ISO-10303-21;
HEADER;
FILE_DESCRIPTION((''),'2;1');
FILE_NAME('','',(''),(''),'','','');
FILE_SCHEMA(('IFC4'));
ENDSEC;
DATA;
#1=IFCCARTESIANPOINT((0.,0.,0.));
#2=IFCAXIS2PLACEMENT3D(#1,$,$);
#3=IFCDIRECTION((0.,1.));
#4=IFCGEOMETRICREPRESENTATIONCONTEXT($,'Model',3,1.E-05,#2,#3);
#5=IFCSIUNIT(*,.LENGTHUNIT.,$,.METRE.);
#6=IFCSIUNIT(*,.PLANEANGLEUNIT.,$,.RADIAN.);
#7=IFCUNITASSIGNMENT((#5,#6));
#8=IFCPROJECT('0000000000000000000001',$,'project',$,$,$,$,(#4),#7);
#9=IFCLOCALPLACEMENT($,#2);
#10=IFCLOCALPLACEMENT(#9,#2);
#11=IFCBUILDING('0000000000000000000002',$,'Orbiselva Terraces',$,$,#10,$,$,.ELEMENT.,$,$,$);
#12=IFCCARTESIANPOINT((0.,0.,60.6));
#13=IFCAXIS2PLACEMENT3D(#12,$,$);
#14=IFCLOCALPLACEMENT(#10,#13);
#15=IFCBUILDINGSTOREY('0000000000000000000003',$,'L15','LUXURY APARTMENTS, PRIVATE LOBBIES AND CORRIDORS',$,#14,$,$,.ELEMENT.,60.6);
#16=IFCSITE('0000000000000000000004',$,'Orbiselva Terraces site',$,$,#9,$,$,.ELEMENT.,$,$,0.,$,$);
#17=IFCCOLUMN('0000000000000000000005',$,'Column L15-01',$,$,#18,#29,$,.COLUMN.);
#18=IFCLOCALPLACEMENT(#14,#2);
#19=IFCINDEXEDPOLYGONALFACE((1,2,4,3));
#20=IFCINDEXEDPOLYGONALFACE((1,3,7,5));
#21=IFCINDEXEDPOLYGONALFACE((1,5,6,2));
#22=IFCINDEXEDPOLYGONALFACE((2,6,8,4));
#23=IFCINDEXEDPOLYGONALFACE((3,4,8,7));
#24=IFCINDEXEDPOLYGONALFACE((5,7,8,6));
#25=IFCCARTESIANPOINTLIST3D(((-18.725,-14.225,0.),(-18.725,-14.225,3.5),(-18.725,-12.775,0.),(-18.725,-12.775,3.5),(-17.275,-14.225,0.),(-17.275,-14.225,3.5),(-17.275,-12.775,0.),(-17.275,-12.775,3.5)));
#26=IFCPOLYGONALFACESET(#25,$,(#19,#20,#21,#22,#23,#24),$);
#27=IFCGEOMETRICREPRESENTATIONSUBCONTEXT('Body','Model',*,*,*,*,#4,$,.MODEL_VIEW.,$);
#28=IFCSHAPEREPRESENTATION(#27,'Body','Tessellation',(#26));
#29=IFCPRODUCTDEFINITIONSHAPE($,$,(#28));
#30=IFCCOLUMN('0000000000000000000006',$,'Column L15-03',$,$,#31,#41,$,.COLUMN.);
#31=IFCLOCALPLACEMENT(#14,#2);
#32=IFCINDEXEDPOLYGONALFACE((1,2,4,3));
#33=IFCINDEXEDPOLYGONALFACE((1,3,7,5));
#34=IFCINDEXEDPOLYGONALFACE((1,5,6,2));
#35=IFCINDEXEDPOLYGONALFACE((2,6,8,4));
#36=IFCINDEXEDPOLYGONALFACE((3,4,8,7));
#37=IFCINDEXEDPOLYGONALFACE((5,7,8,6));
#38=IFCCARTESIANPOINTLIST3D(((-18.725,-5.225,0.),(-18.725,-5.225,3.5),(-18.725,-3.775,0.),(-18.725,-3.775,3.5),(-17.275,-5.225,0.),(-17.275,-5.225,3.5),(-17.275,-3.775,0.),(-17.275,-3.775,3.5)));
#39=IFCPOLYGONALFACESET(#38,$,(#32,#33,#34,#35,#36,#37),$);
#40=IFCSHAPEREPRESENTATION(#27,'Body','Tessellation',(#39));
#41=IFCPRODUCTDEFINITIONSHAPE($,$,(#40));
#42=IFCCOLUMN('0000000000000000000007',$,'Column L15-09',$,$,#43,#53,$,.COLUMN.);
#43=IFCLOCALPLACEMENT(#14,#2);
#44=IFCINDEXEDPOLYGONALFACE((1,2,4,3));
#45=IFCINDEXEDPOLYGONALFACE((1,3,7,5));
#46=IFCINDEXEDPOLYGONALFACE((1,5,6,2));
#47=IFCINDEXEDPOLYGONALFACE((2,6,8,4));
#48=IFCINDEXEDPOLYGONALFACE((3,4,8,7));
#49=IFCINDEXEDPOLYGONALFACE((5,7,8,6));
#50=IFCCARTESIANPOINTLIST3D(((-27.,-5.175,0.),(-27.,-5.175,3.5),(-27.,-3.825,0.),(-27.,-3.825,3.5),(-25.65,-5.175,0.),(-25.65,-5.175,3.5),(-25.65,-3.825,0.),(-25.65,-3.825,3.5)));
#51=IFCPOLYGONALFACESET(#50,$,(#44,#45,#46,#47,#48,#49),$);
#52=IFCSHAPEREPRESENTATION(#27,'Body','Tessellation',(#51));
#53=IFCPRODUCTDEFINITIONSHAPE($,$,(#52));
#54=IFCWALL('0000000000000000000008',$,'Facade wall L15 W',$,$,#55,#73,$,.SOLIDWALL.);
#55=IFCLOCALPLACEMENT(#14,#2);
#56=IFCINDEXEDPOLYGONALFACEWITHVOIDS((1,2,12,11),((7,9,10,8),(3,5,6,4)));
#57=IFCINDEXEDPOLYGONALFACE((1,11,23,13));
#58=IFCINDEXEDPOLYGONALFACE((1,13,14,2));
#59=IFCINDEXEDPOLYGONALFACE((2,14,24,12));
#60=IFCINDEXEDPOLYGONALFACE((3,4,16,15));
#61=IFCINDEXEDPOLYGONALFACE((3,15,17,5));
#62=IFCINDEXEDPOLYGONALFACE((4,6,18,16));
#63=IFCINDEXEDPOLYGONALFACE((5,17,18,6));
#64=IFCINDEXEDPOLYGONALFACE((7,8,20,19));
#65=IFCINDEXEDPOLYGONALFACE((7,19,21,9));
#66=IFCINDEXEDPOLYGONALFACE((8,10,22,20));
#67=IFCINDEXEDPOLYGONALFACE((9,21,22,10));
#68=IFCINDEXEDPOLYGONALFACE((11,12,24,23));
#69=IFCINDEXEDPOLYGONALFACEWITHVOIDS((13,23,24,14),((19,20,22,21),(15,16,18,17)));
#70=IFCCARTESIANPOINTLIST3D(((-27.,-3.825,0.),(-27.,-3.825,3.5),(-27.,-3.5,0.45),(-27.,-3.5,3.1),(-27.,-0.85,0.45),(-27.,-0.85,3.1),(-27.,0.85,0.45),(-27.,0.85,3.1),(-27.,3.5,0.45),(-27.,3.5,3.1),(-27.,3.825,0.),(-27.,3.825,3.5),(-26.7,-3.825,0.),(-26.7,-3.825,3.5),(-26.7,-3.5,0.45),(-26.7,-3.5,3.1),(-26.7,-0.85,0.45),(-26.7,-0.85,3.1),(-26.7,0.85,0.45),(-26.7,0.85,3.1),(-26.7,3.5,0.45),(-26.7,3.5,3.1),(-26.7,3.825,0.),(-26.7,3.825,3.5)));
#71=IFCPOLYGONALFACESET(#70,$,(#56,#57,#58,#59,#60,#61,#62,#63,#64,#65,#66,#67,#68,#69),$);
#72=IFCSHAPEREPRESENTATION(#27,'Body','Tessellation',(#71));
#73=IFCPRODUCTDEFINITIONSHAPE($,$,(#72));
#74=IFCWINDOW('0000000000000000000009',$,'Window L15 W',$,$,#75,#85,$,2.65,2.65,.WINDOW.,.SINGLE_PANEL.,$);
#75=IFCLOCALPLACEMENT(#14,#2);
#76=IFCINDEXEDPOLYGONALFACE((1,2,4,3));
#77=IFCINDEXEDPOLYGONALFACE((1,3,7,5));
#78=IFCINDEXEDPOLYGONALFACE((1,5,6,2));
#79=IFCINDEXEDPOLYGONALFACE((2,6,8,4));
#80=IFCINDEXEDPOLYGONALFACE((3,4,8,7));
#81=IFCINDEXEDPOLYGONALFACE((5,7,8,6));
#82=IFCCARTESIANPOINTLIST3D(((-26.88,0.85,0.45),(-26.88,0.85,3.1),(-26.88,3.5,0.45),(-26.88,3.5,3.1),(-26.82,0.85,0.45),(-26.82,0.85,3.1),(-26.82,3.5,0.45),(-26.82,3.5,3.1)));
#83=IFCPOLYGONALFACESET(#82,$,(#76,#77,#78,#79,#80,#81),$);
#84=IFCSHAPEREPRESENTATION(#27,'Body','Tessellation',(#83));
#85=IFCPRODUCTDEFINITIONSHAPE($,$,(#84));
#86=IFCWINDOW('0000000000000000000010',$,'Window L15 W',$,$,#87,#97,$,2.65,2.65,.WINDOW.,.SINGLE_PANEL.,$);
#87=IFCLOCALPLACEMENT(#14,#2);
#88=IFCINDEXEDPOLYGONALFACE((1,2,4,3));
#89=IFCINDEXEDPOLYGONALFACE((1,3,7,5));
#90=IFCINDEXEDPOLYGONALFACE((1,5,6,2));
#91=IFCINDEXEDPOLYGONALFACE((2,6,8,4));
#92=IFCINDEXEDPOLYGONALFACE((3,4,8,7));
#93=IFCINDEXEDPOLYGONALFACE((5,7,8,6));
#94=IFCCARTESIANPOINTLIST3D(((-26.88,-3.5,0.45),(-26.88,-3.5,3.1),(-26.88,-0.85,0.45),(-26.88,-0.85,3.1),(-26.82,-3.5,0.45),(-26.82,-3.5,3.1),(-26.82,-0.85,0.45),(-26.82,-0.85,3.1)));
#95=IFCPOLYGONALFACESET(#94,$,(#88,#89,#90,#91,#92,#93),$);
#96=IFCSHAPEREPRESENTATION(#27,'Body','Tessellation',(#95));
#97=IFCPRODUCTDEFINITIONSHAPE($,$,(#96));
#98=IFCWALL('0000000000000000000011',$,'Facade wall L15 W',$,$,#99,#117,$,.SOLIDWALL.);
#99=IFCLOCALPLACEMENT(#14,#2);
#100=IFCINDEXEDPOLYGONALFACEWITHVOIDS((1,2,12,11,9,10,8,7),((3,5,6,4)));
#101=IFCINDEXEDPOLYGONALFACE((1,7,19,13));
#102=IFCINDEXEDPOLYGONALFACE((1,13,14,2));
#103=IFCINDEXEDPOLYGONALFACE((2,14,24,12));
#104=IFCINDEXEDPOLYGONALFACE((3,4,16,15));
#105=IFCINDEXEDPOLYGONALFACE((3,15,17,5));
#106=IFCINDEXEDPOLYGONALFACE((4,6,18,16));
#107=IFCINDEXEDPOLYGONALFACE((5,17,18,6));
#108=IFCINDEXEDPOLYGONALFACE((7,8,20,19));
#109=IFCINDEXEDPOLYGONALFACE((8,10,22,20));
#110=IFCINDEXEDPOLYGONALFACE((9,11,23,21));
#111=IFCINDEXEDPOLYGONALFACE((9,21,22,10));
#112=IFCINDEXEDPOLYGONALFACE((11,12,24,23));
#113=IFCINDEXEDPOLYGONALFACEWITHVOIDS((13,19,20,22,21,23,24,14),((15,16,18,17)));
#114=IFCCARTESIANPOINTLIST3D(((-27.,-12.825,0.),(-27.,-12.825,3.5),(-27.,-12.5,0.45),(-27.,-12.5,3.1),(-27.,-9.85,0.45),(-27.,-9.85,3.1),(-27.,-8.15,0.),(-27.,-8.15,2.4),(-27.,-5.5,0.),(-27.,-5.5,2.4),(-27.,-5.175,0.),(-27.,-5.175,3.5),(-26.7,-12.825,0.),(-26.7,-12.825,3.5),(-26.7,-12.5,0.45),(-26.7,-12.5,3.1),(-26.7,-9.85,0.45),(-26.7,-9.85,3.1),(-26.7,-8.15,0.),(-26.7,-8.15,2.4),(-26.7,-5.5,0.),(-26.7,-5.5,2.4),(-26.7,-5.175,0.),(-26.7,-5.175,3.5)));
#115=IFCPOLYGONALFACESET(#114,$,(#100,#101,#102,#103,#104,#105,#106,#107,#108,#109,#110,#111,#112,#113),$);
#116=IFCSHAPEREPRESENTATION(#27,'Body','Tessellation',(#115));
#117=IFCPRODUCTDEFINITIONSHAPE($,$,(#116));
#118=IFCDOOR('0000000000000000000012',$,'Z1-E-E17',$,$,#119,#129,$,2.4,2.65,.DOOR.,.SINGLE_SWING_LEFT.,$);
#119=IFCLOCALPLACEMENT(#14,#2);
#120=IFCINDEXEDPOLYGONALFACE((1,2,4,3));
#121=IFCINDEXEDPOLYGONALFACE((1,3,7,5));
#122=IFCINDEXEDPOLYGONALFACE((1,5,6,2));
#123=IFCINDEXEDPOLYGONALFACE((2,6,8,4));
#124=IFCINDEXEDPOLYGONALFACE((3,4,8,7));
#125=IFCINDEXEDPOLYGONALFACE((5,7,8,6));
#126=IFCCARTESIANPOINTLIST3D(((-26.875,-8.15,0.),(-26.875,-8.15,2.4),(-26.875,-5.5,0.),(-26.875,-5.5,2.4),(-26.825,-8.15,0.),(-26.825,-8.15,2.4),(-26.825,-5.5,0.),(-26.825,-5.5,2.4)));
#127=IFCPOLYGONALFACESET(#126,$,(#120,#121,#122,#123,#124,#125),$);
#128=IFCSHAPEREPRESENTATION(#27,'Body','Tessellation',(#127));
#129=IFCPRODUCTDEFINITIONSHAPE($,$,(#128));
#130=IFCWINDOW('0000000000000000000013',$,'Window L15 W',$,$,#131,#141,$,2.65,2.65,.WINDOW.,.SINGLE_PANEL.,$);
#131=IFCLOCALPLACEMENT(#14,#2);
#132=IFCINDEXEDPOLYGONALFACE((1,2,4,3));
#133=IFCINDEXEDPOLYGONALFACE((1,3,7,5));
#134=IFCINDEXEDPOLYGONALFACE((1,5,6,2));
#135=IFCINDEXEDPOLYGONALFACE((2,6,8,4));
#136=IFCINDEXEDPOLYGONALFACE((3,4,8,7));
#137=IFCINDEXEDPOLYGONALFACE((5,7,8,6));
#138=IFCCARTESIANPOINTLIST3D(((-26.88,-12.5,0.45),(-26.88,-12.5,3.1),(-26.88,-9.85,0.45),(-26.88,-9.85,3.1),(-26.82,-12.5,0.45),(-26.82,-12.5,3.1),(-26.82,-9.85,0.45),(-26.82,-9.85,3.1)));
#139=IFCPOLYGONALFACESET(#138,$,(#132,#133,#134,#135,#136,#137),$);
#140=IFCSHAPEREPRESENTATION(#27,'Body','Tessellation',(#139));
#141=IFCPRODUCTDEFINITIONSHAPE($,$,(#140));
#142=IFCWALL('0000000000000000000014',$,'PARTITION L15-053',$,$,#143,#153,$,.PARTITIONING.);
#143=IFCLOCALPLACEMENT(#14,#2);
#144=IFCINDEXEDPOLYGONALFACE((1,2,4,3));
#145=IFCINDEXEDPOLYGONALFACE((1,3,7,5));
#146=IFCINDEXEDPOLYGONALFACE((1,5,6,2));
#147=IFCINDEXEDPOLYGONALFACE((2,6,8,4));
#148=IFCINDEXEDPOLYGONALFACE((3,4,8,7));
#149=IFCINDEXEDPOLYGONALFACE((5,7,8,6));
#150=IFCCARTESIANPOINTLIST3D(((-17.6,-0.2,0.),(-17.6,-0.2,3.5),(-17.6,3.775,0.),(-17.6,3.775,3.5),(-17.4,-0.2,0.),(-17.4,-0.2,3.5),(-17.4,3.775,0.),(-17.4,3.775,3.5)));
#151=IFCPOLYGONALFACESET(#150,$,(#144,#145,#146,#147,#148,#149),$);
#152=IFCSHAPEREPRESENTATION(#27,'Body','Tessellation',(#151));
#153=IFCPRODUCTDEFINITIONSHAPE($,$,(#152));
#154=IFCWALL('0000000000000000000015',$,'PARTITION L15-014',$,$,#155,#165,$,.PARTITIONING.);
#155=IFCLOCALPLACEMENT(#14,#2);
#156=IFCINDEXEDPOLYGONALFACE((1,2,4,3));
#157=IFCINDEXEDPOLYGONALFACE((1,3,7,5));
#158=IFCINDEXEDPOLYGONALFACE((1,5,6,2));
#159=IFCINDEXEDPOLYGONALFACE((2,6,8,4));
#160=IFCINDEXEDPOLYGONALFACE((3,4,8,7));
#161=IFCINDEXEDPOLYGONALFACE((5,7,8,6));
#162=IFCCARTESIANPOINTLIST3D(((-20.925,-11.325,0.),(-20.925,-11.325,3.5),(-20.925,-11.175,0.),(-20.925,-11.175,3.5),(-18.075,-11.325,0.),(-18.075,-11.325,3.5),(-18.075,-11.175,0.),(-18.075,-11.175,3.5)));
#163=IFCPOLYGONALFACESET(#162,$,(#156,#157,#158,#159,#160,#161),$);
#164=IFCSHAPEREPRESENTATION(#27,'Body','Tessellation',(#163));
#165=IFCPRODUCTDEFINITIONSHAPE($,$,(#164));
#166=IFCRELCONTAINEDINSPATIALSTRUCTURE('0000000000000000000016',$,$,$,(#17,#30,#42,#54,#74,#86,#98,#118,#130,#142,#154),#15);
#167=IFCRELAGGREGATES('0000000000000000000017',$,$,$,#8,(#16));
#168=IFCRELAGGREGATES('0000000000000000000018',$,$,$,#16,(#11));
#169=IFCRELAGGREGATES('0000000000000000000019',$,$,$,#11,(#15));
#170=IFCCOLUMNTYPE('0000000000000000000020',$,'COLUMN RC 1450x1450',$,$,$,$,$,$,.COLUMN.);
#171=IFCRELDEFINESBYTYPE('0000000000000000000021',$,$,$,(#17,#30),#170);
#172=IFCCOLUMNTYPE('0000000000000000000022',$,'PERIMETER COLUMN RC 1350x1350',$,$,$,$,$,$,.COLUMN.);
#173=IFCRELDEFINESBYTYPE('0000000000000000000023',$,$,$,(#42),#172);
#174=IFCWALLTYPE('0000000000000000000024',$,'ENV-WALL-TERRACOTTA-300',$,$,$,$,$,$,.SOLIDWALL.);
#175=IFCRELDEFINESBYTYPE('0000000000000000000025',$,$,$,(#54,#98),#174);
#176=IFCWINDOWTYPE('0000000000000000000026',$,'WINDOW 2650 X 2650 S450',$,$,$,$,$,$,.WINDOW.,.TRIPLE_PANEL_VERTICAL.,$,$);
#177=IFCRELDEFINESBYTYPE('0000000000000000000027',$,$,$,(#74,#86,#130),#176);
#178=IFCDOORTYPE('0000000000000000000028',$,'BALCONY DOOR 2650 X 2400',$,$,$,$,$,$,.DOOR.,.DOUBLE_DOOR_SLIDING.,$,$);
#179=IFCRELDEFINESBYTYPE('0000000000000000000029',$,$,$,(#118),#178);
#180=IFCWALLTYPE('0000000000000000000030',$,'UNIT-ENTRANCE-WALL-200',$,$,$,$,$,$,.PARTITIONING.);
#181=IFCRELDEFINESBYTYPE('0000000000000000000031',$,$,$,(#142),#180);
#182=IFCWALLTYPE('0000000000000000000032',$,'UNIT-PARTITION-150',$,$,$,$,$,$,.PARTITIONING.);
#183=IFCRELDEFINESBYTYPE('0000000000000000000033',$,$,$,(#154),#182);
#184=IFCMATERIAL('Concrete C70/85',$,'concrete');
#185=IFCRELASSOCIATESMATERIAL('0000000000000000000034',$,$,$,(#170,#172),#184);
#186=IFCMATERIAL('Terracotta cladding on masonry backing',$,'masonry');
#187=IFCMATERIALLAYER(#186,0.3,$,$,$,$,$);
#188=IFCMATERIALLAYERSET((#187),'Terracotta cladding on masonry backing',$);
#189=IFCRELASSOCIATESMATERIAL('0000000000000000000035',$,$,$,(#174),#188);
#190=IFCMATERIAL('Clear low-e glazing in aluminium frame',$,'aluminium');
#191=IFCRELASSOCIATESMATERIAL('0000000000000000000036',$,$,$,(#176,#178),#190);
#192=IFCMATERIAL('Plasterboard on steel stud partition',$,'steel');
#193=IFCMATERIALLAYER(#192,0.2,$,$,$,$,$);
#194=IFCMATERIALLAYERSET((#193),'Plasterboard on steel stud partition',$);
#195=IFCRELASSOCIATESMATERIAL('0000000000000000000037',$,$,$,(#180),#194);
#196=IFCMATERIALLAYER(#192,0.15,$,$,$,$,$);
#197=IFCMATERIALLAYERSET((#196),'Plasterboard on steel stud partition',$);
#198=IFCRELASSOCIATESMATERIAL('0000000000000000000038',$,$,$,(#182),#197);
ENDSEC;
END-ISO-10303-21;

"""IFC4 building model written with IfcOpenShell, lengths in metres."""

from ifc_helpers import new_model, si_unit, direction, frame, frame_2d, origin, origin_2d, place, context, subcontext, project, spatial, rectangle, extrude, material, layer, layer_set, material_profile, profile_set, type_object, element, fill, save


model = new_model("IFC4")

# Units and contexts
model_context = context("Model", 3, precision=1e-05, world=origin(), true_north=direction((0.0, 1.0)))
body_context = subcontext(model_context, "Body", "Model", "MODEL_VIEW")
ifc_project = project(units=[si_unit("LENGTHUNIT", "METRE"), si_unit("PLANEANGLEUNIT", "RADIAN")], contexts=[model_context])

# Site, building, storey
site_placement = place(None, origin())
site = spatial("IfcSite", under=ifc_project, at=site_placement, Name="Orbiselva Terraces site", CompositionType="ELEMENT", RefElevation=0.0)
building_placement = place(site_placement, origin())
building = spatial("IfcBuilding", under=site, at=building_placement, Name="Orbiselva Terraces", CompositionType="ELEMENT")
storey_placement = place(building_placement, frame((0.0, 0.0, 60.6)))
storey = spatial("IfcBuildingStorey", under=building, at=storey_placement, Name="L15", Description="LUXURY APARTMENTS, PRIVATE LOBBIES AND CORRIDORS", CompositionType="ELEMENT", Elevation=60.6)

# Columns
ifc_material_1 = material(Name="Concrete C70/85", Category="concrete")
ifc_material_profile_1 = material_profile(ifc_material_1, rectangle(XDim=1.45, YDim=1.45, at=origin_2d()), Name="RC 1450x1450")
ifc_profile_set_1 = profile_set([ifc_material_profile_1], Name="Concrete C70/85")
column_type_1 = type_object("IfcColumnType", Name="COLUMN RC 1450x1450", PredefinedType="COLUMN", material=ifc_profile_set_1)
for number, where, z_axis, x_axis, name in (
    (1, (-18.0, -13.5, 0.0), (0.0, 0.0, 1.0), (1.0, 0.0, 0.0), "Column L15-01"),
    (2, (-18.0, -4.5, 0.0), (0.0, 0.0, 1.0), (1.0, 0.0, 0.0), "Column L15-03"),
):
    element("IfcColumn", number, at=place(storey_placement, frame(where, z_axis=z_axis, x_axis=x_axis)), inside=storey, type_object=column_type_1, Name=name, PredefinedType="COLUMN", context=body_context, shape_type="SweptSolid", body=[
        extrude(rectangle(XDim=1.45, YDim=1.45, at=origin_2d()), origin(), (0.0, 0.0, 1.0), 3.5),
    ])
ifc_material_profile_2 = material_profile(ifc_material_1, rectangle(XDim=1.35, YDim=1.35, at=origin_2d()), Name="RC 1350x1350")
ifc_profile_set_2 = profile_set([ifc_material_profile_2], Name="Concrete C70/85")
column_type_2 = type_object("IfcColumnType", Name="PERIMETER COLUMN RC 1350x1350", PredefinedType="COLUMN", material=ifc_profile_set_2)
column_placement = place(storey_placement, frame((-26.325, -4.5, 0.0), z_axis=(0.0, 0.0, 1.0), x_axis=(1.0, 0.0, 0.0)))
element("IfcColumn", 3, at=column_placement, inside=storey, type_object=column_type_2, Name="Column L15-09", PredefinedType="COLUMN", context=body_context, shape_type="SweptSolid", body=[
    extrude(rectangle(XDim=1.35, YDim=1.35, at=origin_2d()), origin(), (0.0, 0.0, 1.0), 3.5),
])

# Wall, openings, windows
ifc_material_2 = material(Name="Terracotta cladding on masonry backing", Category="masonry")
ifc_layer_1 = layer(ifc_material_2, 0.3)
ifc_layer_set_1 = layer_set([ifc_layer_1], Name="Terracotta cladding on masonry backing")
wall_type_1 = type_object("IfcWallType", Name="ENV-WALL-TERRACOTTA-300", PredefinedType="SOLIDWALL", material=ifc_layer_set_1)
wall_1_placement = place(storey_placement, frame((-26.85, -3.825, 0.0), z_axis=(0.0, 0.0, 1.0), x_axis=(0.0, 1.0, 0.0)))
wall_1 = element("IfcWall", 4, at=wall_1_placement, inside=storey, type_object=wall_type_1, Name="Facade wall L15 W", PredefinedType="SOLIDWALL", context=body_context, shape_type="SweptSolid", body=[
    extrude(rectangle(XDim=7.65, YDim=0.3, at=frame_2d((3.825, 0.0))), origin(), (0.0, 0.0, 1.0), 3.5),
])
opening_1_placement = place(wall_1_placement, frame((4.675, 0.0, 0.45)))
opening_1 = element("IfcOpeningElement", 5, at=opening_1_placement, cuts=wall_1, PredefinedType="OPENING", context=body_context, shape_type="SweptSolid", body=[
    extrude(rectangle(XDim=2.65, YDim=2.65, at=frame_2d((1.325, 1.325))), frame((0.0, 0.16, 0.0), z_axis=(0.0, -1.0, 0.0), x_axis=(1.0, 0.0, 0.0)), (0.0, 0.0, 1.0), 0.32),
])
opening_2_placement = place(wall_1_placement, frame((0.325, 0.0, 0.45)))
opening_2 = element("IfcOpeningElement", 6, at=opening_2_placement, cuts=wall_1, PredefinedType="OPENING", context=body_context, shape_type="SweptSolid", body=[
    extrude(rectangle(XDim=2.65, YDim=2.65, at=frame_2d((1.325, 1.325))), frame((0.0, 0.16, 0.0), z_axis=(0.0, -1.0, 0.0), x_axis=(1.0, 0.0, 0.0)), (0.0, 0.0, 1.0), 0.32),
])
ifc_material_3 = material(Name="Clear low-e glazing in aluminium frame", Category="aluminium")
window_type = type_object("IfcWindowType", Name="WINDOW 2650 X 2650 S450", PartitioningType="TRIPLE_PANEL_VERTICAL", PredefinedType="WINDOW", material=ifc_material_3)
window_1_placement = place(opening_1_placement, origin())
window_1 = element("IfcWindow", 7, at=window_1_placement, inside=storey, type_object=window_type, Name="Window L15 W", OverallHeight=2.65, OverallWidth=2.65, PartitioningType="SINGLE_PANEL", PredefinedType="WINDOW", context=body_context, shape_type="SweptSolid", body=[
    extrude(rectangle(XDim=2.65, YDim=2.65, at=frame_2d((1.325, 1.325))), frame((0.0, 0.03, 0.0), z_axis=(0.0, -1.0, 0.0), x_axis=(1.0, 0.0, 0.0)), (0.0, 0.0, 1.0), 0.06),
])
fill(opening_1, window_1)
window_2_placement = place(opening_2_placement, origin())
window_2 = element("IfcWindow", 8, at=window_2_placement, inside=storey, type_object=window_type, Name="Window L15 W", OverallHeight=2.65, OverallWidth=2.65, PartitioningType="SINGLE_PANEL", PredefinedType="WINDOW", context=body_context, shape_type="SweptSolid", body=[
    extrude(rectangle(XDim=2.65, YDim=2.65, at=frame_2d((1.325, 1.325))), frame((0.0, 0.03, 0.0), z_axis=(0.0, -1.0, 0.0), x_axis=(1.0, 0.0, 0.0)), (0.0, 0.0, 1.0), 0.06),
])
fill(opening_2, window_2)

# Wall, openings, door, window
wall_2_placement = place(storey_placement, frame((-26.85, -12.825, 0.0), z_axis=(0.0, 0.0, 1.0), x_axis=(0.0, 1.0, 0.0)))
wall_2 = element("IfcWall", 9, at=wall_2_placement, inside=storey, type_object=wall_type_1, Name="Facade wall L15 W", PredefinedType="SOLIDWALL", context=body_context, shape_type="SweptSolid", body=[
    extrude(rectangle(XDim=7.65, YDim=0.3, at=frame_2d((3.825, 0.0))), origin(), (0.0, 0.0, 1.0), 3.5),
])
opening_3_placement = place(wall_2_placement, frame((4.675, 0.0, 0.0)))
opening_3 = element("IfcOpeningElement", 10, at=opening_3_placement, cuts=wall_2, PredefinedType="OPENING", context=body_context, shape_type="SweptSolid", body=[
    extrude(rectangle(XDim=2.65, YDim=2.4, at=frame_2d((1.325, 1.2))), frame((0.0, 0.16, 0.0), z_axis=(0.0, -1.0, 0.0), x_axis=(1.0, 0.0, 0.0)), (0.0, 0.0, 1.0), 0.32),
])
opening_4_placement = place(wall_2_placement, frame((0.325, 0.0, 0.45)))
opening_4 = element("IfcOpeningElement", 11, at=opening_4_placement, cuts=wall_2, PredefinedType="OPENING", context=body_context, shape_type="SweptSolid", body=[
    extrude(rectangle(XDim=2.65, YDim=2.65, at=frame_2d((1.325, 1.325))), frame((0.0, 0.16, 0.0), z_axis=(0.0, -1.0, 0.0), x_axis=(1.0, 0.0, 0.0)), (0.0, 0.0, 1.0), 0.32),
])
door_type_1 = type_object("IfcDoorType", Name="BALCONY DOOR 2650 X 2400", OperationType="DOUBLE_DOOR_SLIDING", PredefinedType="DOOR", material=ifc_material_3)
door_1_placement = place(opening_3_placement, origin())
door_1 = element("IfcDoor", 12, at=door_1_placement, inside=storey, type_object=door_type_1, Name="Z1-E-E17", OperationType="SINGLE_SWING_LEFT", OverallHeight=2.4, OverallWidth=2.65, PredefinedType="DOOR", context=body_context, shape_type="SweptSolid", body=[
    extrude(rectangle(XDim=2.65, YDim=2.4, at=frame_2d((1.325, 1.2))), frame((0.0, 0.025, 0.0), z_axis=(0.0, -1.0, 0.0), x_axis=(1.0, 0.0, 0.0)), (0.0, 0.0, 1.0), 0.05),
])
fill(opening_3, door_1)
window_3_placement = place(opening_4_placement, origin())
window_3 = element("IfcWindow", 13, at=window_3_placement, inside=storey, type_object=window_type, Name="Window L15 W", OverallHeight=2.65, OverallWidth=2.65, PartitioningType="SINGLE_PANEL", PredefinedType="WINDOW", context=body_context, shape_type="SweptSolid", body=[
    extrude(rectangle(XDim=2.65, YDim=2.65, at=frame_2d((1.325, 1.325))), frame((0.0, 0.03, 0.0), z_axis=(0.0, -1.0, 0.0), x_axis=(1.0, 0.0, 0.0)), (0.0, 0.0, 1.0), 0.06),
])
fill(opening_4, window_3)

# Walls
ifc_material_4 = material(Name="Plasterboard on steel stud partition", Category="steel")
ifc_layer_2 = layer(ifc_material_4, 0.2)
ifc_layer_set_2 = layer_set([ifc_layer_2], Name="Plasterboard on steel stud partition")
wall_type_2 = type_object("IfcWallType", Name="UNIT-ENTRANCE-WALL-200", PredefinedType="PARTITIONING", material=ifc_layer_set_2)
wall_3_placement = place(storey_placement, frame((-17.5, -0.2, 0.0), z_axis=(0.0, 0.0, 1.0), x_axis=(0.0, 1.0, 0.0)))
element("IfcWall", 14, at=wall_3_placement, inside=storey, type_object=wall_type_2, Name="PARTITION L15-053", PredefinedType="PARTITIONING", context=body_context, shape_type="SweptSolid", body=[
    extrude(rectangle(XDim=3.975, YDim=0.2, at=frame_2d((1.9875, 0.0))), origin(), (0.0, 0.0, 1.0), 3.5),
])
ifc_layer_3 = layer(ifc_material_4, 0.15)
ifc_layer_set_3 = layer_set([ifc_layer_3], Name="Plasterboard on steel stud partition")
wall_type_3 = type_object("IfcWallType", Name="UNIT-PARTITION-150", PredefinedType="PARTITIONING", material=ifc_layer_set_3)
wall_4_placement = place(storey_placement, frame((-20.925, -11.25, 0.0), z_axis=(0.0, 0.0, 1.0), x_axis=(1.0, 0.0, 0.0)))
element("IfcWall", 15, at=wall_4_placement, inside=storey, type_object=wall_type_3, Name="PARTITION L15-014", PredefinedType="PARTITIONING", context=body_context, shape_type="SweptSolid", body=[
    extrude(rectangle(XDim=2.85, YDim=0.15, at=frame_2d((1.425, 0.0))), origin(), (0.0, 0.0, 1.0), 3.5),
])

save(model, "model.ifc")
